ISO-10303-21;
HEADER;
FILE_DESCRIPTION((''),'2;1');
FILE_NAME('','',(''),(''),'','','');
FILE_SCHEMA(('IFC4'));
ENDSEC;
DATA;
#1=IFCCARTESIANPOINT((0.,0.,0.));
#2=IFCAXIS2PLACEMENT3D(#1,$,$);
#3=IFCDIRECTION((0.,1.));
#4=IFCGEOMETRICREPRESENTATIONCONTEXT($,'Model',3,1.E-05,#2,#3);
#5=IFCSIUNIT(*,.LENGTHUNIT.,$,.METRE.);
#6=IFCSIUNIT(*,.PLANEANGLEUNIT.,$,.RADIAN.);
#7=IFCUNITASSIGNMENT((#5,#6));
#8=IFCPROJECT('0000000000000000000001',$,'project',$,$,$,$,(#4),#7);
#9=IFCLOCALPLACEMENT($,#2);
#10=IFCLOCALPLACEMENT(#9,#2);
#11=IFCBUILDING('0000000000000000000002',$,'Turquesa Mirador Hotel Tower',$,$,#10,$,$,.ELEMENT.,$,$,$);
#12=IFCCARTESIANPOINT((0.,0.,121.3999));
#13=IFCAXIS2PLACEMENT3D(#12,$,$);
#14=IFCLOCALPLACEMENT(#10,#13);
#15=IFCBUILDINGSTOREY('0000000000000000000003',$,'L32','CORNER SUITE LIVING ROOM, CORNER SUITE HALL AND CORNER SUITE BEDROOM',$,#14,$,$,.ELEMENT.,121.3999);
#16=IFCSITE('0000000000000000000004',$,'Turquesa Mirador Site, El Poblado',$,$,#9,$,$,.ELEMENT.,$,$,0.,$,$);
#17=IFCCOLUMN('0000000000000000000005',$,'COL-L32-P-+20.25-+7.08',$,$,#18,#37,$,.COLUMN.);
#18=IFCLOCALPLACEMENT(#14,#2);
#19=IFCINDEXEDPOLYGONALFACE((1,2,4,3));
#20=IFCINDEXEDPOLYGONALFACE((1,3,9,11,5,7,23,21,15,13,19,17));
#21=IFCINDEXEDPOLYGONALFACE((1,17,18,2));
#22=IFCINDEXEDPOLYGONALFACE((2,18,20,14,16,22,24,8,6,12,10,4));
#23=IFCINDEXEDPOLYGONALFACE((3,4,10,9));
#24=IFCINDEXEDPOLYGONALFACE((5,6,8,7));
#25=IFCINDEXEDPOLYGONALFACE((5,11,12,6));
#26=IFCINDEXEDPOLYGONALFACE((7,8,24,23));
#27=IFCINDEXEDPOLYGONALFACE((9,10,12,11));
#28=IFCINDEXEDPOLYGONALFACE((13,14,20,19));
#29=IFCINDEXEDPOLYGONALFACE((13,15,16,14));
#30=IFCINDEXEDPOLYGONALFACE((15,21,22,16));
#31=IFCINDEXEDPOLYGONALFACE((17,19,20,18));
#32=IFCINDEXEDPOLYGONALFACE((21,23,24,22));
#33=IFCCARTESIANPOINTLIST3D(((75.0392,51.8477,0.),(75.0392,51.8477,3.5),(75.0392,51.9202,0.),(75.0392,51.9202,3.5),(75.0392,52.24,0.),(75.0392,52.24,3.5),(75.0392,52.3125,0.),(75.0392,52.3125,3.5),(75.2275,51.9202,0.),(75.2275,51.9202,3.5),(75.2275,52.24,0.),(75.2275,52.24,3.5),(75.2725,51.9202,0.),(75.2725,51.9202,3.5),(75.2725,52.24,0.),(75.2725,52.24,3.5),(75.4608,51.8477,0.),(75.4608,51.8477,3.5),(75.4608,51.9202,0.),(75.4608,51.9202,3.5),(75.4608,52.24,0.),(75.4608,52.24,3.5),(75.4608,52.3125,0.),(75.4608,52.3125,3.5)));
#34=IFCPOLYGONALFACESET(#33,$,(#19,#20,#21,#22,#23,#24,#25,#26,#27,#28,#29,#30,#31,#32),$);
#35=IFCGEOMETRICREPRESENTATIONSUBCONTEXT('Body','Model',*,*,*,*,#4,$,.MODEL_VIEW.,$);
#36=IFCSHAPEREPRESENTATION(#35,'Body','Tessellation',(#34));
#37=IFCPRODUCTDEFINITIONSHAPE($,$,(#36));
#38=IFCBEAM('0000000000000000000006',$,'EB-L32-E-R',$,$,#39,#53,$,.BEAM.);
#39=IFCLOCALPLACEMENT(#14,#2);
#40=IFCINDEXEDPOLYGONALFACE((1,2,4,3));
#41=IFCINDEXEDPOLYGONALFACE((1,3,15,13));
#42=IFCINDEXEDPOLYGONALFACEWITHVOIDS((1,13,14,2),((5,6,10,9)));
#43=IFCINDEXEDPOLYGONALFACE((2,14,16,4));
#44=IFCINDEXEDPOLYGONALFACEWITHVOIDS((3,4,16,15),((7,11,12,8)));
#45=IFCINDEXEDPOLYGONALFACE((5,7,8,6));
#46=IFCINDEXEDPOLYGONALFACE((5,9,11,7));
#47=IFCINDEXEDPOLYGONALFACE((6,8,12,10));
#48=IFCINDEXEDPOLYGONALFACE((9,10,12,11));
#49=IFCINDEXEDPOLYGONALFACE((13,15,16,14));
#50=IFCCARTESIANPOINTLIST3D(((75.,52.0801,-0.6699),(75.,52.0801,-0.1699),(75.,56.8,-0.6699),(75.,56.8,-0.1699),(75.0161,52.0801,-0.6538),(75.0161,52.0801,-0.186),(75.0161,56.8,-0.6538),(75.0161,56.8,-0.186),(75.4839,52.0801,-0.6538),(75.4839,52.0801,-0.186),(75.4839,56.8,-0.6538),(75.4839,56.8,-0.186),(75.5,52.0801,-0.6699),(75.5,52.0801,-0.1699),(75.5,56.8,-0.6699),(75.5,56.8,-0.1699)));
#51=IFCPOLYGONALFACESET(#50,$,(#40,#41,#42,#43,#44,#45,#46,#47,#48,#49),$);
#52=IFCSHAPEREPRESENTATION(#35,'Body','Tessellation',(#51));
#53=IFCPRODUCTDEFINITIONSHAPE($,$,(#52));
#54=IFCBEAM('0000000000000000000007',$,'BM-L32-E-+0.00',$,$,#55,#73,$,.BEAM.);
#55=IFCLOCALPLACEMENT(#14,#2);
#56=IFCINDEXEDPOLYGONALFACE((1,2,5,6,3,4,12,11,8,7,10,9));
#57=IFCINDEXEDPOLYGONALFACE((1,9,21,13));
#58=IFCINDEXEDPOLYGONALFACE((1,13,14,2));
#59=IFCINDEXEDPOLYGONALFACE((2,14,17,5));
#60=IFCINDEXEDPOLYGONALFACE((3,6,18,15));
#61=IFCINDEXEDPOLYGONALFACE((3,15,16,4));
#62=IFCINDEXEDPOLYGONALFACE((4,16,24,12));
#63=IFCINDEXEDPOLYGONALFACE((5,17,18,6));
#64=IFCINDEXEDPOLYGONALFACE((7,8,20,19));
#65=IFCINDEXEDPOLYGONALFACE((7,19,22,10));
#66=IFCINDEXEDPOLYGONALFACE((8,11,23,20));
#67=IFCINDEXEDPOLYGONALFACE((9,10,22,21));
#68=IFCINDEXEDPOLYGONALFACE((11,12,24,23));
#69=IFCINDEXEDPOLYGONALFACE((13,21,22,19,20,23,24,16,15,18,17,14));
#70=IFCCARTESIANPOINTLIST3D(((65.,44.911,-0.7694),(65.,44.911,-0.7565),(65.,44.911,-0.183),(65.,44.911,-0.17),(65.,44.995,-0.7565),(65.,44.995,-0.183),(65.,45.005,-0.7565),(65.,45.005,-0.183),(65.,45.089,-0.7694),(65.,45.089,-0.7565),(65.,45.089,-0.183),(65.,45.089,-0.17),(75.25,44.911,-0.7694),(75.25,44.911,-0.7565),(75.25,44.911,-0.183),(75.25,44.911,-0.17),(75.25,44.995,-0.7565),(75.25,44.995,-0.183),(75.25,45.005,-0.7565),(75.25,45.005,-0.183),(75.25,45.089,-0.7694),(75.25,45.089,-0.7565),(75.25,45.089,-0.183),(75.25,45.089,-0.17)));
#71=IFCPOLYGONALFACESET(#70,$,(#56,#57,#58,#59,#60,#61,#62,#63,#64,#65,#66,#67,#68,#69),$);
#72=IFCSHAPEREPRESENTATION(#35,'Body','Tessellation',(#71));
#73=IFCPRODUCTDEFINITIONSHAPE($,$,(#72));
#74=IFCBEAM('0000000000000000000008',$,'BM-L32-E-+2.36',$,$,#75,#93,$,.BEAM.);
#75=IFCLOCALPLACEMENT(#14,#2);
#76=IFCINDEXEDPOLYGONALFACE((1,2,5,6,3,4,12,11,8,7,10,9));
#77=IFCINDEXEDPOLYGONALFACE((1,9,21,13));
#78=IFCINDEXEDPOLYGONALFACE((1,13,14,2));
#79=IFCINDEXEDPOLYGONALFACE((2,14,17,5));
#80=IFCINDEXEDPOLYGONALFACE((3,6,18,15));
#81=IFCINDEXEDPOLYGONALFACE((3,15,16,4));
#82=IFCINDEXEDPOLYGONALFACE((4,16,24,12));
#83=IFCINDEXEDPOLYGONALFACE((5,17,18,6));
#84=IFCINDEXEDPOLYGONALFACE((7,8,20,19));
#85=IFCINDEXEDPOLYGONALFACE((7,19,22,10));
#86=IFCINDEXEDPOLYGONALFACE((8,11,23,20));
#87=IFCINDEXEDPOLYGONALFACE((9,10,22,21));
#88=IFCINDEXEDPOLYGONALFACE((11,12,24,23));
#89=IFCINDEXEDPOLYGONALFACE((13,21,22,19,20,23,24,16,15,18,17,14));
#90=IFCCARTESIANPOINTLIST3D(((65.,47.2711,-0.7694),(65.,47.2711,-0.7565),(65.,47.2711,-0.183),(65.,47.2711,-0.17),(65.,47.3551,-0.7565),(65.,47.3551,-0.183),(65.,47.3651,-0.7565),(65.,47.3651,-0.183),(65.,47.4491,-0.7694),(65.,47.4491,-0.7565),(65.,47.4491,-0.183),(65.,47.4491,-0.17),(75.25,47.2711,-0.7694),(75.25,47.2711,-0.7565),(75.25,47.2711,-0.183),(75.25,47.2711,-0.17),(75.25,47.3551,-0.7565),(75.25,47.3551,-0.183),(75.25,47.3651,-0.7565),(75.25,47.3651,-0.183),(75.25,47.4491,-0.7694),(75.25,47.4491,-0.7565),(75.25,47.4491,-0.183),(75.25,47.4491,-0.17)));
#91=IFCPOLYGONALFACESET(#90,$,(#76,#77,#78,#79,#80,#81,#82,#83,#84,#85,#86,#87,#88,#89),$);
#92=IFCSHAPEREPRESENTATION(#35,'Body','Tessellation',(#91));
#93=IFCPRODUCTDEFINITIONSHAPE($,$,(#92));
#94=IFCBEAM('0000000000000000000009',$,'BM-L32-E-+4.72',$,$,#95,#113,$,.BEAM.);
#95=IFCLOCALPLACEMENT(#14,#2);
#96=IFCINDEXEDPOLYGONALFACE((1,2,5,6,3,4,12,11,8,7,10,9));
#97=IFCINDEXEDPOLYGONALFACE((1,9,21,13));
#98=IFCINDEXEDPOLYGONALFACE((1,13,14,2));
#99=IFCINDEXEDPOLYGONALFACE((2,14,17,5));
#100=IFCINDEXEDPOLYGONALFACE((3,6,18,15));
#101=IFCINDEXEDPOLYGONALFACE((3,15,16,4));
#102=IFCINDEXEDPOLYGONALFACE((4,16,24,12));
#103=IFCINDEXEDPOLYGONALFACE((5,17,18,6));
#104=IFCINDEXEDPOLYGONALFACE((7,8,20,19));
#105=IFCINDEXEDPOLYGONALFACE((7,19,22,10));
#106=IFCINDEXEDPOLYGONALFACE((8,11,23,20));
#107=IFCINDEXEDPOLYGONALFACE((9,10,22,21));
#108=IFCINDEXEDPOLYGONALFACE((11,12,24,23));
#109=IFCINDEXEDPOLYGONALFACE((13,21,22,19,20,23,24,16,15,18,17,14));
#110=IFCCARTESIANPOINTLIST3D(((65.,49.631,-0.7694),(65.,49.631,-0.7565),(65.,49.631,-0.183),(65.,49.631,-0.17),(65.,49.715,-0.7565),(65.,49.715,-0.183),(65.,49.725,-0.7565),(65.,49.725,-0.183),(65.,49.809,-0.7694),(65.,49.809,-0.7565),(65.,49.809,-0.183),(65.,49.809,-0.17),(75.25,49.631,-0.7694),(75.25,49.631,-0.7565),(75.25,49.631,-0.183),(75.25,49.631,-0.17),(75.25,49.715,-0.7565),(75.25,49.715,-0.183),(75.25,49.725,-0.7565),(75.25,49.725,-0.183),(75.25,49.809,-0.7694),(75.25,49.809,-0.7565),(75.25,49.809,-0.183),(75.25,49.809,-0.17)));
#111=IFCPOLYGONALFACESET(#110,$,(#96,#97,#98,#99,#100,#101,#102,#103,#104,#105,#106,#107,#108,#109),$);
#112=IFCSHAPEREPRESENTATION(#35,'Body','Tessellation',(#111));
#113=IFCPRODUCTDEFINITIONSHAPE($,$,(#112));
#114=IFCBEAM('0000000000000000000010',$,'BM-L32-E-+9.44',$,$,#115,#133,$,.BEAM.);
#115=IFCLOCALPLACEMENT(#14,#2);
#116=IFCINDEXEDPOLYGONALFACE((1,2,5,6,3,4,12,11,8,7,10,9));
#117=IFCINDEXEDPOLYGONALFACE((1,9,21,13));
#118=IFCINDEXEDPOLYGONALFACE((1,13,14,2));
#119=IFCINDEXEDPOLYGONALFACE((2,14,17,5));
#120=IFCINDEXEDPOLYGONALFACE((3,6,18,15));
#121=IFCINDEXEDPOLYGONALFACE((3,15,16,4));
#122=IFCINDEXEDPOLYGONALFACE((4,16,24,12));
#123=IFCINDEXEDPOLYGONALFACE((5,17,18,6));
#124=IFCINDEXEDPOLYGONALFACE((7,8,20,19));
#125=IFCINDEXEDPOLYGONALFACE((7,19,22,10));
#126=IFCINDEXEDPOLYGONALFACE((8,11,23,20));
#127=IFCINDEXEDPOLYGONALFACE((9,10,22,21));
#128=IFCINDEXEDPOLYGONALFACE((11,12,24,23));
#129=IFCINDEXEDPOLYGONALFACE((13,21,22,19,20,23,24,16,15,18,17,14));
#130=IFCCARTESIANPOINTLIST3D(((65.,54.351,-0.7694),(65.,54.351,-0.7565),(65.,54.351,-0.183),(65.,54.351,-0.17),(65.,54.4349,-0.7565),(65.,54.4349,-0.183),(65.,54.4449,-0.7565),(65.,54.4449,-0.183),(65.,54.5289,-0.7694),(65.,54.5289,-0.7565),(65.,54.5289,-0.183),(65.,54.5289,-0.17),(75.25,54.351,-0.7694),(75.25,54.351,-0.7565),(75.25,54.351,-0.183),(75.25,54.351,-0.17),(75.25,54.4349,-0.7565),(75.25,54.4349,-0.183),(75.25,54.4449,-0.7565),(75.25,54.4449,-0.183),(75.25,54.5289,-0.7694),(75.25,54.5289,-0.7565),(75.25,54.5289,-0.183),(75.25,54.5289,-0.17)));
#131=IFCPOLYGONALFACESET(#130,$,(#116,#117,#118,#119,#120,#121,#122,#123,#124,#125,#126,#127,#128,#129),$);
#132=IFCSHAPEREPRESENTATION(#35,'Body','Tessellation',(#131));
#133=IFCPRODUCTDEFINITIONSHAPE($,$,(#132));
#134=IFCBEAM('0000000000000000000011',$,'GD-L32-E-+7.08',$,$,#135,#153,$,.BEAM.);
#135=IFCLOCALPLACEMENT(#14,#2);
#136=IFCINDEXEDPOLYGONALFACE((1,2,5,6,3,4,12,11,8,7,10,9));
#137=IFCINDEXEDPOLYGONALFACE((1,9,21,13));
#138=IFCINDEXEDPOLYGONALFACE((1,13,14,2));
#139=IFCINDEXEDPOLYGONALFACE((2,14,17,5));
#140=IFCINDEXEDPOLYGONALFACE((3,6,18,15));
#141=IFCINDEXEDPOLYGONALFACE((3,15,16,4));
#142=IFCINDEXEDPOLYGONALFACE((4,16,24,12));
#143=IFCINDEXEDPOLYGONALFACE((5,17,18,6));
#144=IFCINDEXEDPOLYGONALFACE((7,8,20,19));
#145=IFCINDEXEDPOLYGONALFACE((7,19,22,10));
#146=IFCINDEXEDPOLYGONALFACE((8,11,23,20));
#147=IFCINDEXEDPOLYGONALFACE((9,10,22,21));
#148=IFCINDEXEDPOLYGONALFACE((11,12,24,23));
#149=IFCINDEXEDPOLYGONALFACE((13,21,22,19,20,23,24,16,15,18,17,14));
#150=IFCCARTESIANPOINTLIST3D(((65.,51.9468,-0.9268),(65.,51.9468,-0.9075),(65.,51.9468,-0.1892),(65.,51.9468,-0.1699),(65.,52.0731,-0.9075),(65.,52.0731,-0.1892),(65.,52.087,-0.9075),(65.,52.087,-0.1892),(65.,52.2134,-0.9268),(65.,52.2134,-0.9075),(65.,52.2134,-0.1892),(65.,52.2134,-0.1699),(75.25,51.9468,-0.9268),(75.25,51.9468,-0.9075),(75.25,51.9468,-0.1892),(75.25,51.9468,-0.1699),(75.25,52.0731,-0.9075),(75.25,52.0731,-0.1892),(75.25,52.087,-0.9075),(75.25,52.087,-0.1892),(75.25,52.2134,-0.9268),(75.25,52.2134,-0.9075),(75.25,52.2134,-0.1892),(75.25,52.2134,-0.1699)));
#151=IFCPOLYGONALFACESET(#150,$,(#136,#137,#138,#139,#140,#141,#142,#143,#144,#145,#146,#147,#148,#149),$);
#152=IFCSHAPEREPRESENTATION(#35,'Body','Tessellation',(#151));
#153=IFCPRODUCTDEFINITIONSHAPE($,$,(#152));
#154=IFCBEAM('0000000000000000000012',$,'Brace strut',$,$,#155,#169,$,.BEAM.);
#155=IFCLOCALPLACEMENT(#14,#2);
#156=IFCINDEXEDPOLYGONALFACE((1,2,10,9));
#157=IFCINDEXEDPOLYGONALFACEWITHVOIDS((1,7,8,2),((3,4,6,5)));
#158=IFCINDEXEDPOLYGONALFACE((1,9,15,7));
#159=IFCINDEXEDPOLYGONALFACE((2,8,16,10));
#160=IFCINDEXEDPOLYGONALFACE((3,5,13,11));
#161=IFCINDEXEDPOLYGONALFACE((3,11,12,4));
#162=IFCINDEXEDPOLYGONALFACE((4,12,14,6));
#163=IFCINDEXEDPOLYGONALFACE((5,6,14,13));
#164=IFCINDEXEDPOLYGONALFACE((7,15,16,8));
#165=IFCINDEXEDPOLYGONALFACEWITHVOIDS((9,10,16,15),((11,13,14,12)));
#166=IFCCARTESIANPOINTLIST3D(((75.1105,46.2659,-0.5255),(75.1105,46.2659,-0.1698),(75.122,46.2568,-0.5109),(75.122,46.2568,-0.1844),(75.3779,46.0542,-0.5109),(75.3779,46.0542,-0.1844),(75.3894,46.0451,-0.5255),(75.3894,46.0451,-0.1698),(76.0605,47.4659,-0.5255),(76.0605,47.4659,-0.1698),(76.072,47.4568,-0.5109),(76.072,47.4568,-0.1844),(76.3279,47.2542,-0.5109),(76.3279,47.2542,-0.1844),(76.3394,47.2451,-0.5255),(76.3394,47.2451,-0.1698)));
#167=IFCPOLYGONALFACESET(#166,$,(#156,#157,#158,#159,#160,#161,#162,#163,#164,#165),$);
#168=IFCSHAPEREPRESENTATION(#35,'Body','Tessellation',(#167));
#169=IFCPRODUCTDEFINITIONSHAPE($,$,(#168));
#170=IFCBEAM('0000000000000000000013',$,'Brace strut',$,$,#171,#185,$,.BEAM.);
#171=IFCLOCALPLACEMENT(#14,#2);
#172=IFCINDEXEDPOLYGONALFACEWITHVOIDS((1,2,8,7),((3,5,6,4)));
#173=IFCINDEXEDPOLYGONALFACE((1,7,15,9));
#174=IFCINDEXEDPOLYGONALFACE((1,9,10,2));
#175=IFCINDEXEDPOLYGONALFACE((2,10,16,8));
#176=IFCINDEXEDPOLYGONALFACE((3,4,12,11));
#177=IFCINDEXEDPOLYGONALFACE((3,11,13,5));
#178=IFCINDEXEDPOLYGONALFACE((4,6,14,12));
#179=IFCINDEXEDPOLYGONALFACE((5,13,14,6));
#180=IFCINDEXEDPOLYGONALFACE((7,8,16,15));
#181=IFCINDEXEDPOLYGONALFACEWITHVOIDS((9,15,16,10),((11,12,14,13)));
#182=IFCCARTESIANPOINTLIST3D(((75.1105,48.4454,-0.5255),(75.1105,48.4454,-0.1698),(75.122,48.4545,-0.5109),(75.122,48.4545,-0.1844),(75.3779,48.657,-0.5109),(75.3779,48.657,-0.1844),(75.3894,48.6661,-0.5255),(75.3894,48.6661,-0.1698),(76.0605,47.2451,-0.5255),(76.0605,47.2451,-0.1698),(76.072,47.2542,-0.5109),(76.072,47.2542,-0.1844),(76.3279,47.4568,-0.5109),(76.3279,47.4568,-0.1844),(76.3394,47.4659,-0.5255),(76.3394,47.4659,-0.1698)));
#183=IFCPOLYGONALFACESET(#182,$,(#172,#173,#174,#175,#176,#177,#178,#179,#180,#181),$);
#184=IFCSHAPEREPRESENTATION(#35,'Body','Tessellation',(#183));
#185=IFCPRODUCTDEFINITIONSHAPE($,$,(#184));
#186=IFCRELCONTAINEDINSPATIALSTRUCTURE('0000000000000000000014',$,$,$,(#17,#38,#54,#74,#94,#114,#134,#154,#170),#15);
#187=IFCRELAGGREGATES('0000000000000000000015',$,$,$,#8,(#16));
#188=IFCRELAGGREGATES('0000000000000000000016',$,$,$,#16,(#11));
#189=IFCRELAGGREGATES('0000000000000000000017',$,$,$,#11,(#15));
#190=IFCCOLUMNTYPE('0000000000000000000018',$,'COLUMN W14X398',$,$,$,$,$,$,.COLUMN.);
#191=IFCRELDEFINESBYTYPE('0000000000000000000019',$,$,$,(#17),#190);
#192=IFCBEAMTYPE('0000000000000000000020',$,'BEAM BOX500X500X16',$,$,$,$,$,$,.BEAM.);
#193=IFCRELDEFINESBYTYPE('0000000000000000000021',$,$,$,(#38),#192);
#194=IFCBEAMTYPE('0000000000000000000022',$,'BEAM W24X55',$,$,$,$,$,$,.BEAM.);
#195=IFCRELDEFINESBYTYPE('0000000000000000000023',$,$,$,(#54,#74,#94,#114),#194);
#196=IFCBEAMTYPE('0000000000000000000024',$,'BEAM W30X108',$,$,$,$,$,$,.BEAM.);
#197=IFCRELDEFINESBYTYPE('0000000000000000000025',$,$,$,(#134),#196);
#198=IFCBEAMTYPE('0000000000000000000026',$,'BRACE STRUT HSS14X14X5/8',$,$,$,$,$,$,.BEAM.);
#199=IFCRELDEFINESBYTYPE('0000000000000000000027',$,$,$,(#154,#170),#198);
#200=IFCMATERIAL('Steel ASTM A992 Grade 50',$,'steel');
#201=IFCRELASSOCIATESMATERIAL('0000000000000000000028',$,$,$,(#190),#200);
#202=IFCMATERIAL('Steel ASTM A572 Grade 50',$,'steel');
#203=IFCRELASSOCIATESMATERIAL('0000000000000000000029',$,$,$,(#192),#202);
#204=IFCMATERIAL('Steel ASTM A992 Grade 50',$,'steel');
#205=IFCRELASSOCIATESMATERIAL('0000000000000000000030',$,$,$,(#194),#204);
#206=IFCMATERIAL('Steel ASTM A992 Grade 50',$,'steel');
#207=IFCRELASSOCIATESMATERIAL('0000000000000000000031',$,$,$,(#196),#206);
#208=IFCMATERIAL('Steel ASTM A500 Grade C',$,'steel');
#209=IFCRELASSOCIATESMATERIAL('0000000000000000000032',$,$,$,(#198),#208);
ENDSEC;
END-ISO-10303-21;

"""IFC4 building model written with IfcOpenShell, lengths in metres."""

from ifc_helpers import new_model, si_unit, direction, frame, origin, origin_2d, place, context, subcontext, project, spatial, hollow_rectangle, i_section, extrude, material, material_profile, profile_set, type_object, element, save


model = new_model("IFC4")

# Units and contexts
model_context = context("Model", 3, precision=1e-05, world=origin(), true_north=direction((0.0, 1.0)))
body_context = subcontext(model_context, "Body", "Model", "MODEL_VIEW")
ifc_project = project(units=[si_unit("LENGTHUNIT", "METRE"), si_unit("PLANEANGLEUNIT", "RADIAN")], contexts=[model_context])

# Site, building, storey
site_placement = place(None, origin())
site = spatial("IfcSite", under=ifc_project, at=site_placement, Name="Turquesa Mirador Site, El Poblado", CompositionType="ELEMENT", RefElevation=0.0)
building_placement = place(site_placement, origin())
building = spatial("IfcBuilding", under=site, at=building_placement, Name="Turquesa Mirador Hotel Tower", CompositionType="ELEMENT")
storey_placement = place(building_placement, frame((0.0, 0.0, 121.3999)))
storey = spatial("IfcBuildingStorey", under=building, at=storey_placement, Name="L32", Description="CORNER SUITE LIVING ROOM, CORNER SUITE HALL AND CORNER SUITE BEDROOM", CompositionType="ELEMENT", Elevation=121.3999)

# Column
ifc_material_1 = material(Name="Steel ASTM A992 Grade 50", Category="steel")
ifc_material_profile_1 = material_profile(ifc_material_1, i_section(OverallWidth=0.4216, OverallDepth=0.4648, WebThickness=0.0449, FlangeThickness=0.0725, at=origin_2d()), Name="W14X398")
ifc_profile_set_1 = profile_set([ifc_material_profile_1], Name="Steel ASTM A992 Grade 50")
column_type = type_object("IfcColumnType", Name="COLUMN W14X398", PredefinedType="COLUMN", material=ifc_profile_set_1)
column_placement = place(storey_placement, frame((75.25, 52.0801, 0.0), z_axis=(0.0, 0.0, 1.0), x_axis=(1.0, 0.0, 0.0)))
element("IfcColumn", 1, at=column_placement, inside=storey, type_object=column_type, Name="COL-L32-P-+20.25-+7.08", PredefinedType="COLUMN", context=body_context, shape_type="SweptSolid", body=[
    extrude(i_section(OverallWidth=0.4216, OverallDepth=0.4648, WebThickness=0.0449, FlangeThickness=0.0725, at=origin_2d()), origin(), (0.0, 0.0, 1.0), 3.5),
])

# Beams
ifc_material_2 = material(Name="Steel ASTM A572 Grade 50", Category="steel")
ifc_material_profile_2 = material_profile(ifc_material_2, hollow_rectangle(XDim=0.5, YDim=0.5, WallThickness=0.0161, at=origin_2d()), Name="BOX500X500X16")
ifc_profile_set_2 = profile_set([ifc_material_profile_2], Name="Steel ASTM A572 Grade 50")
beam_type_1 = type_object("IfcBeamType", Name="BEAM BOX500X500X16", PredefinedType="BEAM", material=ifc_profile_set_2)
beam_1_placement = place(storey_placement, frame((75.25, 52.0801, -0.4199), z_axis=(0.0, 1.0, 0.0), x_axis=(-1.0, 0.0, 0.0)))
element("IfcBeam", 2, at=beam_1_placement, inside=storey, type_object=beam_type_1, Name="EB-L32-E-R", PredefinedType="BEAM", context=body_context, shape_type="SweptSolid", body=[
    extrude(hollow_rectangle(XDim=0.5, YDim=0.5, WallThickness=0.0161, at=origin_2d()), origin(), (0.0, 0.0, 1.0), 4.72),
])
ifc_material_3 = material(Name="Steel ASTM A992 Grade 50", Category="steel")
ifc_material_profile_3 = material_profile(ifc_material_3, i_section(OverallWidth=0.178, OverallDepth=0.5994, WebThickness=0.01, FlangeThickness=0.0129, at=origin_2d()), Name="W24X55")
ifc_profile_set_3 = profile_set([ifc_material_profile_3], Name="Steel ASTM A992 Grade 50")
beam_type_2 = type_object("IfcBeamType", Name="BEAM W24X55", PredefinedType="BEAM", material=ifc_profile_set_3)
for number, where, z_axis, x_axis, name in (
    (3, (75.25, 45.0, -0.4697), (-1.0, 0.0, 0.0), (0.0, -1.0, 0.0), "BM-L32-E-+0.00"),
    (4, (75.25, 47.3601, -0.4697), (-1.0, 0.0, 0.0), (0.0, -1.0, 0.0), "BM-L32-E-+2.36"),
    (5, (75.25, 49.72, -0.4697), (-1.0, 0.0, 0.0), (0.0, -1.0, 0.0), "BM-L32-E-+4.72"),
    (6, (75.25, 54.4399, -0.4697), (-1.0, 0.0, 0.0), (0.0, -1.0, 0.0), "BM-L32-E-+9.44"),
):
    element("IfcBeam", number, at=place(storey_placement, frame(where, z_axis=z_axis, x_axis=x_axis)), inside=storey, type_object=beam_type_2, Name=name, PredefinedType="BEAM", context=body_context, shape_type="SweptSolid", body=[
        extrude(i_section(OverallWidth=0.178, OverallDepth=0.5994, WebThickness=0.01, FlangeThickness=0.0129, at=origin_2d()), origin(), (0.0, 0.0, 1.0), 10.25),
    ])
ifc_material_4 = material(Name="Steel ASTM A992 Grade 50", Category="steel")
ifc_material_profile_4 = material_profile(ifc_material_4, i_section(OverallWidth=0.2666, OverallDepth=0.7568, WebThickness=0.0139, FlangeThickness=0.0193, at=origin_2d()), Name="W30X108")
ifc_profile_set_4 = profile_set([ifc_material_profile_4], Name="Steel ASTM A992 Grade 50")
beam_type_3 = type_object("IfcBeamType", Name="BEAM W30X108", PredefinedType="BEAM", material=ifc_profile_set_4)
beam_2_placement = place(storey_placement, frame((75.25, 52.0801, -0.5483), z_axis=(-1.0, 0.0, 0.0), x_axis=(0.0, -1.0, 0.0)))
element("IfcBeam", 7, at=beam_2_placement, inside=storey, type_object=beam_type_3, Name="GD-L32-E-+7.08", PredefinedType="BEAM", context=body_context, shape_type="SweptSolid", body=[
    extrude(i_section(OverallWidth=0.2666, OverallDepth=0.7568, WebThickness=0.0139, FlangeThickness=0.0193, at=origin_2d()), origin(), (0.0, 0.0, 1.0), 10.25),
])
ifc_material_5 = material(Name="Steel ASTM A500 Grade C", Category="steel")
ifc_material_profile_5 = material_profile(ifc_material_5, hollow_rectangle(XDim=0.3557, YDim=0.3557, WallThickness=0.0146, at=origin_2d()), Name="HSS14X14X5/8")
ifc_profile_set_5 = profile_set([ifc_material_profile_5], Name="Steel ASTM A500 Grade C")
beam_type_4 = type_object("IfcBeamType", Name="BRACE STRUT HSS14X14X5/8", PredefinedType="BEAM", material=ifc_profile_set_5)
beam_3_placement = place(storey_placement, frame((76.2, 47.3555, -0.3477), z_axis=(-0.620699, -0.784049, 0.0), x_axis=(0.784049, -0.620699, 0.0)))
element("IfcBeam", 8, at=beam_3_placement, inside=storey, type_object=beam_type_4, Name="Brace strut", PredefinedType="BEAM", context=body_context, shape_type="SweptSolid", body=[
    extrude(hollow_rectangle(XDim=0.3557, YDim=0.3557, WallThickness=0.0146, at=origin_2d()), origin(), (0.0, 0.0, 1.0), 1.5305),
])
beam_4_placement = place(storey_placement, frame((76.2, 47.3555, -0.3477), z_axis=(-0.620621, 0.784111, 0.0), x_axis=(-0.784111, -0.620621, 0.0)))
element("IfcBeam", 9, at=beam_4_placement, inside=storey, type_object=beam_type_4, Name="Brace strut", PredefinedType="BEAM", context=body_context, shape_type="SweptSolid", body=[
    extrude(hollow_rectangle(XDim=0.3557, YDim=0.3557, WallThickness=0.0146, at=origin_2d()), origin(), (0.0, 0.0, 1.0), 1.5308),
])

save(model, "model.ifc")
